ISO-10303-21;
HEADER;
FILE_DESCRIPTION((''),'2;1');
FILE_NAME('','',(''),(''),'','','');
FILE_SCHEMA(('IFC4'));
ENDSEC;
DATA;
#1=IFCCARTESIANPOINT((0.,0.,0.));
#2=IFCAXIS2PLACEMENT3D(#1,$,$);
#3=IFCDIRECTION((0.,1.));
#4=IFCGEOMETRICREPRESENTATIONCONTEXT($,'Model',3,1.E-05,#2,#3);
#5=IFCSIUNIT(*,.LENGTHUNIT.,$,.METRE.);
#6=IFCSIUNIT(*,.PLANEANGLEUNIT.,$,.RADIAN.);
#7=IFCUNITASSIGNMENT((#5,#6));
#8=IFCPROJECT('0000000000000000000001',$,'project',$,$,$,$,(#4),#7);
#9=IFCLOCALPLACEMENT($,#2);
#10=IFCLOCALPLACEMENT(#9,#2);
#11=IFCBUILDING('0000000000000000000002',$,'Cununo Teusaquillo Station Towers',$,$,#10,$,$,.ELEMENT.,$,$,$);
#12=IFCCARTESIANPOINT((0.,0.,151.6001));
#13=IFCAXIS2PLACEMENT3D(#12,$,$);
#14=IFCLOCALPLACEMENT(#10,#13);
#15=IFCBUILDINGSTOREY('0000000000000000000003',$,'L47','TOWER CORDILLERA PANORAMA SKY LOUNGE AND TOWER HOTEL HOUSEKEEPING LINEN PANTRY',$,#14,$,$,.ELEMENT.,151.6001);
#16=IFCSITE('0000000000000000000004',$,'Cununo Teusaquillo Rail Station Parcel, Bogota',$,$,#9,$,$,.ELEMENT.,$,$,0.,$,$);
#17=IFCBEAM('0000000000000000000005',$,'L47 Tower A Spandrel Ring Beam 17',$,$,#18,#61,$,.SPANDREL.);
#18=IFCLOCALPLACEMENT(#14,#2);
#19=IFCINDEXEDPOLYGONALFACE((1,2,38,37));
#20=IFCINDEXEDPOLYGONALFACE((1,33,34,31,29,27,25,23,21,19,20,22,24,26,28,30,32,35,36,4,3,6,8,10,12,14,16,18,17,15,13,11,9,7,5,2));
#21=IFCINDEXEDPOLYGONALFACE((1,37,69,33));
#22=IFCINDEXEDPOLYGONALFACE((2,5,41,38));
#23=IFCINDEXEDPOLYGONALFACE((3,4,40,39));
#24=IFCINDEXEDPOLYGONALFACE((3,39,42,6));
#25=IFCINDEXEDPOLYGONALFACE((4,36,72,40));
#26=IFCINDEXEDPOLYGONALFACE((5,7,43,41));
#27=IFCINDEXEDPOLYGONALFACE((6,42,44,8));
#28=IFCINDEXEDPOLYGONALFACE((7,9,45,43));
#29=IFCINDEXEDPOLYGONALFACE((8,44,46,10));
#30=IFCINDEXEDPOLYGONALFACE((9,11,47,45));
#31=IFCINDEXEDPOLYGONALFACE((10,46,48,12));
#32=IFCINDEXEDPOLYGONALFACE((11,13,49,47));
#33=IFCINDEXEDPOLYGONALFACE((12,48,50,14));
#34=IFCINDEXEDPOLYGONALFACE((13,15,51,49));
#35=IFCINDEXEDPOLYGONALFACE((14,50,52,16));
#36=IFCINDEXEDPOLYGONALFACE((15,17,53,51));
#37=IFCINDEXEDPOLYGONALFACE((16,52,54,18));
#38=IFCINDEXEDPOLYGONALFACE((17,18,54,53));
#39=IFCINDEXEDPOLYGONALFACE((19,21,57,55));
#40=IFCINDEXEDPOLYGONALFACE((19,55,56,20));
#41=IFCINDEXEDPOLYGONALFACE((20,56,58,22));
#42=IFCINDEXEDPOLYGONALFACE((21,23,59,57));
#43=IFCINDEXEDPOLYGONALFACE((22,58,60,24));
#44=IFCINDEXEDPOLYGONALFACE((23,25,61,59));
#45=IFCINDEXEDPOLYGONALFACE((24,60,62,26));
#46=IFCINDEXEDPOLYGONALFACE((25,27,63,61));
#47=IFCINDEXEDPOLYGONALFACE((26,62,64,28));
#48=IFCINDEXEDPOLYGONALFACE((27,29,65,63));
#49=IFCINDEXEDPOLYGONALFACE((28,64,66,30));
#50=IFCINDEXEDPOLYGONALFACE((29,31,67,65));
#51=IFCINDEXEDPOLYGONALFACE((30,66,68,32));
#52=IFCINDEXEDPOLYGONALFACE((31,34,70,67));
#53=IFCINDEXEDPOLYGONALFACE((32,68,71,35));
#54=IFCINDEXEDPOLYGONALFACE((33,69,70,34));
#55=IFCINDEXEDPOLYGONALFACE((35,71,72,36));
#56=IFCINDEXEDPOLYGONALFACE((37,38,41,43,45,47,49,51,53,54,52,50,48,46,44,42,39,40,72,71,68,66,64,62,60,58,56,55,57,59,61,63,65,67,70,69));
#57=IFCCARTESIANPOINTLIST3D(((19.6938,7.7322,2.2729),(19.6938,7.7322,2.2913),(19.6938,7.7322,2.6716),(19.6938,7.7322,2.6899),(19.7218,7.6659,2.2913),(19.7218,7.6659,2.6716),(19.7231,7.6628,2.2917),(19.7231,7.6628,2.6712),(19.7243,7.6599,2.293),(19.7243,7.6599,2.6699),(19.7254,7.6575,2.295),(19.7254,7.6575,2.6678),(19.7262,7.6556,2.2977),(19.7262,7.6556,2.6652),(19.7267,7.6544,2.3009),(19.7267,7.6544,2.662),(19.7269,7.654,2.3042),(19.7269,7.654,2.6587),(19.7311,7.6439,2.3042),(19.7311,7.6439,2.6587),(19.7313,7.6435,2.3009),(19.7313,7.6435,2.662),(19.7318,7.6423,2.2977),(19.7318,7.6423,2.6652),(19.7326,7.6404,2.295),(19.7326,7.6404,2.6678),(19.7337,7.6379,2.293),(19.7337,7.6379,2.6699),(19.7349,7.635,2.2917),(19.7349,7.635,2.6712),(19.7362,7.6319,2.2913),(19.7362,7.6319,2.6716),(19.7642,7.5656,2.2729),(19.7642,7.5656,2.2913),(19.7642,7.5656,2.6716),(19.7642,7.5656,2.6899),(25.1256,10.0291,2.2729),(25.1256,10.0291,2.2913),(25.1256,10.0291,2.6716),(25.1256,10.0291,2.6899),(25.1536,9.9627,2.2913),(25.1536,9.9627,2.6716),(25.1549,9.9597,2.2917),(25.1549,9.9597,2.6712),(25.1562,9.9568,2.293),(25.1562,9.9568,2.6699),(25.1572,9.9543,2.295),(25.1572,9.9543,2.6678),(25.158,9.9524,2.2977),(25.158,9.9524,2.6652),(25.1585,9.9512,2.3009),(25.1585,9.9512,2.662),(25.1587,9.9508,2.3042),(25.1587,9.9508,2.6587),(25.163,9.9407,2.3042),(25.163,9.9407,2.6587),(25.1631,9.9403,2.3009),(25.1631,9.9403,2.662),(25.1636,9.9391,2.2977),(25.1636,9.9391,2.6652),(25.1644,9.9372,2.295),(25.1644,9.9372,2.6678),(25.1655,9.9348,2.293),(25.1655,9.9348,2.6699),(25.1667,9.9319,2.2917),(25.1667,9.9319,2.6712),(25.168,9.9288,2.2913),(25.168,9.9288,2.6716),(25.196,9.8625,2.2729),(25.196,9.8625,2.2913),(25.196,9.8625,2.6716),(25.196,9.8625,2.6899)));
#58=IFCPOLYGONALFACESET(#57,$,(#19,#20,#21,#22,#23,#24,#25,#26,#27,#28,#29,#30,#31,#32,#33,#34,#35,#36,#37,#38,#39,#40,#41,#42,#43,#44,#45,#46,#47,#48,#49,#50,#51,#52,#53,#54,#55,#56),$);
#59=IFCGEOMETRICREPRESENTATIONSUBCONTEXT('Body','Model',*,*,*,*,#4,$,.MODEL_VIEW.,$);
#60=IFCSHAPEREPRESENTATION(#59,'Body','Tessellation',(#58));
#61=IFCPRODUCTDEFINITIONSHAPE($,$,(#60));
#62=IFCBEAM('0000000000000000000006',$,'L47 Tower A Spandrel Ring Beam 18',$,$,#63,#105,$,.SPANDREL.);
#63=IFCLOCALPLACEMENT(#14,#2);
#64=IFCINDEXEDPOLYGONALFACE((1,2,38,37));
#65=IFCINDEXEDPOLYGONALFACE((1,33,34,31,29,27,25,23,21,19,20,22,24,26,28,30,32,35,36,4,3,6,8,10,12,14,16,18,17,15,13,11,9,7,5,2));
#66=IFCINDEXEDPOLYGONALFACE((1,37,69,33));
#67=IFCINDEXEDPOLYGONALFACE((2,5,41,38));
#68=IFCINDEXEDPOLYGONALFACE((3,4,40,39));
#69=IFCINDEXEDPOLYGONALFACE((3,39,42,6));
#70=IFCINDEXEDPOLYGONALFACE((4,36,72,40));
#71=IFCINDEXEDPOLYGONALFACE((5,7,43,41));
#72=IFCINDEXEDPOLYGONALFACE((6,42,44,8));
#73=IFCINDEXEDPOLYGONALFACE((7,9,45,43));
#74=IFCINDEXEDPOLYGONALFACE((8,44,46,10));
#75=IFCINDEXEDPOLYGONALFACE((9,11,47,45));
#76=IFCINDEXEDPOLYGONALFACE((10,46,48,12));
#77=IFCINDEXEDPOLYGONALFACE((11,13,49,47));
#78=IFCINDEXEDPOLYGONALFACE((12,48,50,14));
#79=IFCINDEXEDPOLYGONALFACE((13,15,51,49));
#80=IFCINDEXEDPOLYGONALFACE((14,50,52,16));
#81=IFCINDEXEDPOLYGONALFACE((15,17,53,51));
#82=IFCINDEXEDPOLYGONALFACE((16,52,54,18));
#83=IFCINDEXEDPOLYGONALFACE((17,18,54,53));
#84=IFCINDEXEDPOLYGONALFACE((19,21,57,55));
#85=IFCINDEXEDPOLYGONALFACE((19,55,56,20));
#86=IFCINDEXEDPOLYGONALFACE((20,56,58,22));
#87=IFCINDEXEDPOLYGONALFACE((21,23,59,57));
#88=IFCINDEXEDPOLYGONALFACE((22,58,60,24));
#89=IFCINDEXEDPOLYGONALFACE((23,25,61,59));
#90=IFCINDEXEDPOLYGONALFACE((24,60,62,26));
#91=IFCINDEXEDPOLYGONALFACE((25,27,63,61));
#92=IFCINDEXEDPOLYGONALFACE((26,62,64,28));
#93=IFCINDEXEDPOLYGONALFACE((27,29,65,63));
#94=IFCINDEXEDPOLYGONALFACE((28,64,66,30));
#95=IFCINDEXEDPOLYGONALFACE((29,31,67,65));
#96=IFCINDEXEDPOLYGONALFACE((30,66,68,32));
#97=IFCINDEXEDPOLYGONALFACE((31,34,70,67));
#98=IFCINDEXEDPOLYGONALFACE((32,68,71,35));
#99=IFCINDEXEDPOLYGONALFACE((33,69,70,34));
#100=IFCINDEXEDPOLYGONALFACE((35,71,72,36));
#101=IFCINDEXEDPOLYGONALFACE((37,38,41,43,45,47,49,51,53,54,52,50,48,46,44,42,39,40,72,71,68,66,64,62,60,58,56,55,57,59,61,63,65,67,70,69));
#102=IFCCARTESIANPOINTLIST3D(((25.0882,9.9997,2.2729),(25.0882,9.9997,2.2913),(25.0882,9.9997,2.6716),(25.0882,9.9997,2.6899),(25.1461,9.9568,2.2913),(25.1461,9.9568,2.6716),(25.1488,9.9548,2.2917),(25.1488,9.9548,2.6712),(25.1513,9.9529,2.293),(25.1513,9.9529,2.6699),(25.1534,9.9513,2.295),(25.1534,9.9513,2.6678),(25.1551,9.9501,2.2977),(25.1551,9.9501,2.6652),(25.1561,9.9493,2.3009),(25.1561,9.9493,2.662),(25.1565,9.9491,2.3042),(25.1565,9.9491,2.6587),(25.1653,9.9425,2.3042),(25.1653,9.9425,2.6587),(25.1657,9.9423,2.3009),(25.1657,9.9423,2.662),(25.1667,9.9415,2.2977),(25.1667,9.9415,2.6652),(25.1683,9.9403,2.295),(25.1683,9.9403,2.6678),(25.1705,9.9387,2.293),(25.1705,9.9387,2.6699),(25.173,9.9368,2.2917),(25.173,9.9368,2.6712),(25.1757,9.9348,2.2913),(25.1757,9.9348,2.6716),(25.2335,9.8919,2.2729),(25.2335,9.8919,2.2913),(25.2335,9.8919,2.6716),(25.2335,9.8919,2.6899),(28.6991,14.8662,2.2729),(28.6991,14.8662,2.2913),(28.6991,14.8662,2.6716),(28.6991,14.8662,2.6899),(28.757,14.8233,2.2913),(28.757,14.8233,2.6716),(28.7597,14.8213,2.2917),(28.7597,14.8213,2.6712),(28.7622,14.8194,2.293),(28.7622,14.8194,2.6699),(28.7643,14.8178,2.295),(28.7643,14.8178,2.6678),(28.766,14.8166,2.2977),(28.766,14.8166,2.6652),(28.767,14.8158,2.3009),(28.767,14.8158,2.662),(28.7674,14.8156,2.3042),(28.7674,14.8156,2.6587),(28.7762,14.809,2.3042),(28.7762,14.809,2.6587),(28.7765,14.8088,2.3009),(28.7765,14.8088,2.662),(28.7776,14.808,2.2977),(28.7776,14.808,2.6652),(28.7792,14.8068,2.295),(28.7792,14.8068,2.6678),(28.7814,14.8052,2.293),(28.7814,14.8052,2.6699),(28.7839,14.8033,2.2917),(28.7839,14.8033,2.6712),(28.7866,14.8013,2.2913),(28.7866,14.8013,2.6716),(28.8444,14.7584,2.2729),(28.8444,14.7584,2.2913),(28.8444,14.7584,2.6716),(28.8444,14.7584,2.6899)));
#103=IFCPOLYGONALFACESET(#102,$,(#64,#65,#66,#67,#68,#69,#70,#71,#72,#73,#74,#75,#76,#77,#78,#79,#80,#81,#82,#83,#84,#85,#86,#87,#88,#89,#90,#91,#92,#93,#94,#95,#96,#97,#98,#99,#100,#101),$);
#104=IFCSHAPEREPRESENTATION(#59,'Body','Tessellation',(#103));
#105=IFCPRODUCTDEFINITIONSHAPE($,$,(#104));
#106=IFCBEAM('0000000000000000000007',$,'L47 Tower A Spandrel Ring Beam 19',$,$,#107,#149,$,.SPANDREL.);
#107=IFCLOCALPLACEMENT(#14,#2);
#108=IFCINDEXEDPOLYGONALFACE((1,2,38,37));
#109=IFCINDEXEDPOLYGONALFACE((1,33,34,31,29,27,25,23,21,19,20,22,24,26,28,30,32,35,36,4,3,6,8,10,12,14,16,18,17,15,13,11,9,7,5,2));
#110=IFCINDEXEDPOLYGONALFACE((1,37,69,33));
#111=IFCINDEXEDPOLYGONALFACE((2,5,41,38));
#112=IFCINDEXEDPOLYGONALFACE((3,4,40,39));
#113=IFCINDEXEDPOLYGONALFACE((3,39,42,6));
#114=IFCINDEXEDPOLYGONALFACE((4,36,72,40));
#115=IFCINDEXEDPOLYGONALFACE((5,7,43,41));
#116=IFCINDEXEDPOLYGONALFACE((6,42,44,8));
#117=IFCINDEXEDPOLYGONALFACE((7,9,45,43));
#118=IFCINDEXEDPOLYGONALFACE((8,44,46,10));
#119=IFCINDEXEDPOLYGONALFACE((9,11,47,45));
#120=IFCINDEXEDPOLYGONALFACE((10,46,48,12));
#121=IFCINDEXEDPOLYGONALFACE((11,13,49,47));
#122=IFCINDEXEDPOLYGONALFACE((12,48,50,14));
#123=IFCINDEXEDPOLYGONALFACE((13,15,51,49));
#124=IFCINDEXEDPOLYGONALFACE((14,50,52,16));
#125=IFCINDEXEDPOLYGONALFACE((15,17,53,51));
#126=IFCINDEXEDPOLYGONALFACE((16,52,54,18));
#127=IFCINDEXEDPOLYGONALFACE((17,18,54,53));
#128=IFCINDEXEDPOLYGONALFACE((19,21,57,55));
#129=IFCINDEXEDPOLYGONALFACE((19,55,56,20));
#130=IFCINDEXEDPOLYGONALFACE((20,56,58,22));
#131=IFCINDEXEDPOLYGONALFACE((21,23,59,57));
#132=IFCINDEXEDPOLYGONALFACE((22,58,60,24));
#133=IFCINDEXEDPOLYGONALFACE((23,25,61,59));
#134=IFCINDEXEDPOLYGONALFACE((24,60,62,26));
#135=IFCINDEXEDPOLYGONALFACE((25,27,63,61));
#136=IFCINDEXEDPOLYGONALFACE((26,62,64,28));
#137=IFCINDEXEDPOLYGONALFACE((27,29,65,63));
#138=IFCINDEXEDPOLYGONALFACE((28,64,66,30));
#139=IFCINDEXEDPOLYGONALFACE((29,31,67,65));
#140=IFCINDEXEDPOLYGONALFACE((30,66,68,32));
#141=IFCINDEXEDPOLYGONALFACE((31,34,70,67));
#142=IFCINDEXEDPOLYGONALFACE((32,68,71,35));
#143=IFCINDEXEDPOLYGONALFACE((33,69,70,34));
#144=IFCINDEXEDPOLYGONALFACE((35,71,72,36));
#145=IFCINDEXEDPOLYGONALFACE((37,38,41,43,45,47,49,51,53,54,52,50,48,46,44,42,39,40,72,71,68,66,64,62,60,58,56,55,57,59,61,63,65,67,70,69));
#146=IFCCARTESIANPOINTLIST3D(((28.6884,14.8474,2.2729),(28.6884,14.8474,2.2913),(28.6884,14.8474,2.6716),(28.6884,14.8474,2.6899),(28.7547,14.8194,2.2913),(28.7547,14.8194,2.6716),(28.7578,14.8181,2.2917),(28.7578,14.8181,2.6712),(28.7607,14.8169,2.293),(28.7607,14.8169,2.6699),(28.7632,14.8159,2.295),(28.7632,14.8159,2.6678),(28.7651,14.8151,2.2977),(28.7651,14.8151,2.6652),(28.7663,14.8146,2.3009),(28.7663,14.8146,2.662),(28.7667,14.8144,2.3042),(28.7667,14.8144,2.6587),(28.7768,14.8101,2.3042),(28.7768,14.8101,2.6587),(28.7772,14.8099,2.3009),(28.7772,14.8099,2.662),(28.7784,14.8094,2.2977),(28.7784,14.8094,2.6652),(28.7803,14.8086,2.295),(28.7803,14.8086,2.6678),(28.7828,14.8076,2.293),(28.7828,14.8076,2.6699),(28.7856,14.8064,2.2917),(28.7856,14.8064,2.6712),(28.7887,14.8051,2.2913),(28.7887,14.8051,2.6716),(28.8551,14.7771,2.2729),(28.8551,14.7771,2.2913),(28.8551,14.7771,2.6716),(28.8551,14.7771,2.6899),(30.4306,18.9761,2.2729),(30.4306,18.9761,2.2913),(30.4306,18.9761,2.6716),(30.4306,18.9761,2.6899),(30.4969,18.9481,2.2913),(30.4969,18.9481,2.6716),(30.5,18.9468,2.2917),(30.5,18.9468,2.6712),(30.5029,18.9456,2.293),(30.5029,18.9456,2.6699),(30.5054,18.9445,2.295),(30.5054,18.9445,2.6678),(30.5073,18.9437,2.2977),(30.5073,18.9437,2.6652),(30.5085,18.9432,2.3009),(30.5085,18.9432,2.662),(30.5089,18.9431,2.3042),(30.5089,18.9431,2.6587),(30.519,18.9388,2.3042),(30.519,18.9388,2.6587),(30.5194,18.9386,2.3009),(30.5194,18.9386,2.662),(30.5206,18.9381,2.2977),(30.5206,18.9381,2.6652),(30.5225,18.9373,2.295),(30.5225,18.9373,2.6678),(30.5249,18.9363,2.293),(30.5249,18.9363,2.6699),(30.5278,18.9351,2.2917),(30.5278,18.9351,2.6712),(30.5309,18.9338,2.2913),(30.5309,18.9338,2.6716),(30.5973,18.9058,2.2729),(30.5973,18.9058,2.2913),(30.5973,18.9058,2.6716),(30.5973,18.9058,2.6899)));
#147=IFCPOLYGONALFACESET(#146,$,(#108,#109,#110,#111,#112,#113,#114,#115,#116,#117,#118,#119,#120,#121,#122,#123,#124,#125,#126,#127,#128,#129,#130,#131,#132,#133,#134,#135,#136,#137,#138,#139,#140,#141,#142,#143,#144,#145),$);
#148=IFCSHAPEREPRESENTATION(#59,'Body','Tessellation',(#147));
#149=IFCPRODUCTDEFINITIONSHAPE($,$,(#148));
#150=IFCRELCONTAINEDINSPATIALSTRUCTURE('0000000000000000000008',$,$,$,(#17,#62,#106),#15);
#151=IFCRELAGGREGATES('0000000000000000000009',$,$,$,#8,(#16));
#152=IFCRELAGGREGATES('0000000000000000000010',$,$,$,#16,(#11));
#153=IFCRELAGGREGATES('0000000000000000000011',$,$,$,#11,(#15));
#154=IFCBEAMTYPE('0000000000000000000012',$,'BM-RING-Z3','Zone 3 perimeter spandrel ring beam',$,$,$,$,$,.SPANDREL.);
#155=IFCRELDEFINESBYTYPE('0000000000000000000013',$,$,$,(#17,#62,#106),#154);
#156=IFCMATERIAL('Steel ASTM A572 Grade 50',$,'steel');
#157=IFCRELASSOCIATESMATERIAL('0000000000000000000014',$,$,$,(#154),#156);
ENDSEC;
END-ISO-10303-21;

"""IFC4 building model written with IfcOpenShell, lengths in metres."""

from ifc_helpers import new_model, si_unit, direction, frame, origin, origin_2d, place, context, subcontext, project, spatial, i_section, extrude, material, material_profile, profile_set, type_object, element, save


model = new_model("IFC4")

# Units and contexts
model_context = context("Model", 3, precision=1e-05, world=origin(), true_north=direction((0.0, 1.0)))
body_context = subcontext(model_context, "Body", "Model", "MODEL_VIEW")
ifc_project = project(units=[si_unit("LENGTHUNIT", "METRE"), si_unit("PLANEANGLEUNIT", "RADIAN")], contexts=[model_context])

# Site, building, storey
site_placement = place(None, origin())
site = spatial("IfcSite", under=ifc_project, at=site_placement, Name="Cununo Teusaquillo Rail Station Parcel, Bogota", CompositionType="ELEMENT", RefElevation=0.0)
building_placement = place(site_placement, origin())
building = spatial("IfcBuilding", under=site, at=building_placement, Name="Cununo Teusaquillo Station Towers", CompositionType="ELEMENT")
storey_placement = place(building_placement, frame((0.0, 0.0, 151.6001)))
storey = spatial("IfcBuildingStorey", under=building, at=storey_placement, Name="L47", Description="TOWER CORDILLERA PANORAMA SKY LOUNGE AND TOWER HOTEL HOUSEKEEPING LINEN PANTRY", CompositionType="ELEMENT", Elevation=151.6001)

# Beams
ifc_material_1 = material(Name="Steel ASTM A572 Grade 50", Category="steel")
ifc_material_profile_1 = material_profile(ifc_material_1, i_section(OverallWidth=0.1809, OverallDepth=0.417, WebThickness=0.011, FlangeThickness=0.0183, FilletRadius=0.0129, at=origin_2d()), Name="W16X57")
ifc_profile_set_1 = profile_set([ifc_material_profile_1], Name="Steel ASTM A572 Grade 50")
beam_type_1 = type_object("IfcBeamType", Name="BM-RING-Z3", Description="Zone 3 perimeter spandrel ring beam", PredefinedType="SPANDREL", material=ifc_profile_set_1)
beam_1_placement = place(storey_placement, frame((19.729, 7.6489, 2.4814), z_axis=(0.921042, 0.389463, 0.0), x_axis=(-0.389463, 0.921042, 0.0)))
element("IfcBeam", 1, at=beam_1_placement, inside=storey, type_object=beam_type_1, Name="L47 Tower A Spandrel Ring Beam 17", PredefinedType="SPANDREL", context=body_context, shape_type="SweptSolid", body=[
    extrude(i_section(OverallWidth=0.1809, OverallDepth=0.417, WebThickness=0.011, FlangeThickness=0.0183, FilletRadius=0.0129, at=origin_2d()), origin(), (0.0, 0.0, 1.0), 5.8975),
])
beam_2_placement = place(storey_placement, frame((25.1609, 9.9458, 2.4814), z_axis=(0.595873, 0.803079, 0.0), x_axis=(-0.803079, 0.595873, 0.0)))
element("IfcBeam", 2, at=beam_2_placement, inside=storey, type_object=beam_type_1, Name="L47 Tower A Spandrel Ring Beam 18", PredefinedType="SPANDREL", context=body_context, shape_type="SweptSolid", body=[
    extrude(i_section(OverallWidth=0.1809, OverallDepth=0.417, WebThickness=0.011, FlangeThickness=0.0183, FilletRadius=0.0129, at=origin_2d()), origin(), (0.0, 0.0, 1.0), 6.0598),
])
beam_3_placement = place(storey_placement, frame((28.7717, 14.8123, 2.4814), z_axis=(0.388778, 0.921332, 0.0), x_axis=(-0.921332, 0.388778, 0.0)))
element("IfcBeam", 3, at=beam_3_placement, inside=storey, type_object=beam_type_1, Name="L47 Tower A Spandrel Ring Beam 19", PredefinedType="SPANDREL", context=body_context, shape_type="SweptSolid", body=[
    extrude(i_section(OverallWidth=0.1809, OverallDepth=0.417, WebThickness=0.011, FlangeThickness=0.0183, FilletRadius=0.0129, at=origin_2d()), origin(), (0.0, 0.0, 1.0), 4.4812),
])

save(model, "model.ifc")
